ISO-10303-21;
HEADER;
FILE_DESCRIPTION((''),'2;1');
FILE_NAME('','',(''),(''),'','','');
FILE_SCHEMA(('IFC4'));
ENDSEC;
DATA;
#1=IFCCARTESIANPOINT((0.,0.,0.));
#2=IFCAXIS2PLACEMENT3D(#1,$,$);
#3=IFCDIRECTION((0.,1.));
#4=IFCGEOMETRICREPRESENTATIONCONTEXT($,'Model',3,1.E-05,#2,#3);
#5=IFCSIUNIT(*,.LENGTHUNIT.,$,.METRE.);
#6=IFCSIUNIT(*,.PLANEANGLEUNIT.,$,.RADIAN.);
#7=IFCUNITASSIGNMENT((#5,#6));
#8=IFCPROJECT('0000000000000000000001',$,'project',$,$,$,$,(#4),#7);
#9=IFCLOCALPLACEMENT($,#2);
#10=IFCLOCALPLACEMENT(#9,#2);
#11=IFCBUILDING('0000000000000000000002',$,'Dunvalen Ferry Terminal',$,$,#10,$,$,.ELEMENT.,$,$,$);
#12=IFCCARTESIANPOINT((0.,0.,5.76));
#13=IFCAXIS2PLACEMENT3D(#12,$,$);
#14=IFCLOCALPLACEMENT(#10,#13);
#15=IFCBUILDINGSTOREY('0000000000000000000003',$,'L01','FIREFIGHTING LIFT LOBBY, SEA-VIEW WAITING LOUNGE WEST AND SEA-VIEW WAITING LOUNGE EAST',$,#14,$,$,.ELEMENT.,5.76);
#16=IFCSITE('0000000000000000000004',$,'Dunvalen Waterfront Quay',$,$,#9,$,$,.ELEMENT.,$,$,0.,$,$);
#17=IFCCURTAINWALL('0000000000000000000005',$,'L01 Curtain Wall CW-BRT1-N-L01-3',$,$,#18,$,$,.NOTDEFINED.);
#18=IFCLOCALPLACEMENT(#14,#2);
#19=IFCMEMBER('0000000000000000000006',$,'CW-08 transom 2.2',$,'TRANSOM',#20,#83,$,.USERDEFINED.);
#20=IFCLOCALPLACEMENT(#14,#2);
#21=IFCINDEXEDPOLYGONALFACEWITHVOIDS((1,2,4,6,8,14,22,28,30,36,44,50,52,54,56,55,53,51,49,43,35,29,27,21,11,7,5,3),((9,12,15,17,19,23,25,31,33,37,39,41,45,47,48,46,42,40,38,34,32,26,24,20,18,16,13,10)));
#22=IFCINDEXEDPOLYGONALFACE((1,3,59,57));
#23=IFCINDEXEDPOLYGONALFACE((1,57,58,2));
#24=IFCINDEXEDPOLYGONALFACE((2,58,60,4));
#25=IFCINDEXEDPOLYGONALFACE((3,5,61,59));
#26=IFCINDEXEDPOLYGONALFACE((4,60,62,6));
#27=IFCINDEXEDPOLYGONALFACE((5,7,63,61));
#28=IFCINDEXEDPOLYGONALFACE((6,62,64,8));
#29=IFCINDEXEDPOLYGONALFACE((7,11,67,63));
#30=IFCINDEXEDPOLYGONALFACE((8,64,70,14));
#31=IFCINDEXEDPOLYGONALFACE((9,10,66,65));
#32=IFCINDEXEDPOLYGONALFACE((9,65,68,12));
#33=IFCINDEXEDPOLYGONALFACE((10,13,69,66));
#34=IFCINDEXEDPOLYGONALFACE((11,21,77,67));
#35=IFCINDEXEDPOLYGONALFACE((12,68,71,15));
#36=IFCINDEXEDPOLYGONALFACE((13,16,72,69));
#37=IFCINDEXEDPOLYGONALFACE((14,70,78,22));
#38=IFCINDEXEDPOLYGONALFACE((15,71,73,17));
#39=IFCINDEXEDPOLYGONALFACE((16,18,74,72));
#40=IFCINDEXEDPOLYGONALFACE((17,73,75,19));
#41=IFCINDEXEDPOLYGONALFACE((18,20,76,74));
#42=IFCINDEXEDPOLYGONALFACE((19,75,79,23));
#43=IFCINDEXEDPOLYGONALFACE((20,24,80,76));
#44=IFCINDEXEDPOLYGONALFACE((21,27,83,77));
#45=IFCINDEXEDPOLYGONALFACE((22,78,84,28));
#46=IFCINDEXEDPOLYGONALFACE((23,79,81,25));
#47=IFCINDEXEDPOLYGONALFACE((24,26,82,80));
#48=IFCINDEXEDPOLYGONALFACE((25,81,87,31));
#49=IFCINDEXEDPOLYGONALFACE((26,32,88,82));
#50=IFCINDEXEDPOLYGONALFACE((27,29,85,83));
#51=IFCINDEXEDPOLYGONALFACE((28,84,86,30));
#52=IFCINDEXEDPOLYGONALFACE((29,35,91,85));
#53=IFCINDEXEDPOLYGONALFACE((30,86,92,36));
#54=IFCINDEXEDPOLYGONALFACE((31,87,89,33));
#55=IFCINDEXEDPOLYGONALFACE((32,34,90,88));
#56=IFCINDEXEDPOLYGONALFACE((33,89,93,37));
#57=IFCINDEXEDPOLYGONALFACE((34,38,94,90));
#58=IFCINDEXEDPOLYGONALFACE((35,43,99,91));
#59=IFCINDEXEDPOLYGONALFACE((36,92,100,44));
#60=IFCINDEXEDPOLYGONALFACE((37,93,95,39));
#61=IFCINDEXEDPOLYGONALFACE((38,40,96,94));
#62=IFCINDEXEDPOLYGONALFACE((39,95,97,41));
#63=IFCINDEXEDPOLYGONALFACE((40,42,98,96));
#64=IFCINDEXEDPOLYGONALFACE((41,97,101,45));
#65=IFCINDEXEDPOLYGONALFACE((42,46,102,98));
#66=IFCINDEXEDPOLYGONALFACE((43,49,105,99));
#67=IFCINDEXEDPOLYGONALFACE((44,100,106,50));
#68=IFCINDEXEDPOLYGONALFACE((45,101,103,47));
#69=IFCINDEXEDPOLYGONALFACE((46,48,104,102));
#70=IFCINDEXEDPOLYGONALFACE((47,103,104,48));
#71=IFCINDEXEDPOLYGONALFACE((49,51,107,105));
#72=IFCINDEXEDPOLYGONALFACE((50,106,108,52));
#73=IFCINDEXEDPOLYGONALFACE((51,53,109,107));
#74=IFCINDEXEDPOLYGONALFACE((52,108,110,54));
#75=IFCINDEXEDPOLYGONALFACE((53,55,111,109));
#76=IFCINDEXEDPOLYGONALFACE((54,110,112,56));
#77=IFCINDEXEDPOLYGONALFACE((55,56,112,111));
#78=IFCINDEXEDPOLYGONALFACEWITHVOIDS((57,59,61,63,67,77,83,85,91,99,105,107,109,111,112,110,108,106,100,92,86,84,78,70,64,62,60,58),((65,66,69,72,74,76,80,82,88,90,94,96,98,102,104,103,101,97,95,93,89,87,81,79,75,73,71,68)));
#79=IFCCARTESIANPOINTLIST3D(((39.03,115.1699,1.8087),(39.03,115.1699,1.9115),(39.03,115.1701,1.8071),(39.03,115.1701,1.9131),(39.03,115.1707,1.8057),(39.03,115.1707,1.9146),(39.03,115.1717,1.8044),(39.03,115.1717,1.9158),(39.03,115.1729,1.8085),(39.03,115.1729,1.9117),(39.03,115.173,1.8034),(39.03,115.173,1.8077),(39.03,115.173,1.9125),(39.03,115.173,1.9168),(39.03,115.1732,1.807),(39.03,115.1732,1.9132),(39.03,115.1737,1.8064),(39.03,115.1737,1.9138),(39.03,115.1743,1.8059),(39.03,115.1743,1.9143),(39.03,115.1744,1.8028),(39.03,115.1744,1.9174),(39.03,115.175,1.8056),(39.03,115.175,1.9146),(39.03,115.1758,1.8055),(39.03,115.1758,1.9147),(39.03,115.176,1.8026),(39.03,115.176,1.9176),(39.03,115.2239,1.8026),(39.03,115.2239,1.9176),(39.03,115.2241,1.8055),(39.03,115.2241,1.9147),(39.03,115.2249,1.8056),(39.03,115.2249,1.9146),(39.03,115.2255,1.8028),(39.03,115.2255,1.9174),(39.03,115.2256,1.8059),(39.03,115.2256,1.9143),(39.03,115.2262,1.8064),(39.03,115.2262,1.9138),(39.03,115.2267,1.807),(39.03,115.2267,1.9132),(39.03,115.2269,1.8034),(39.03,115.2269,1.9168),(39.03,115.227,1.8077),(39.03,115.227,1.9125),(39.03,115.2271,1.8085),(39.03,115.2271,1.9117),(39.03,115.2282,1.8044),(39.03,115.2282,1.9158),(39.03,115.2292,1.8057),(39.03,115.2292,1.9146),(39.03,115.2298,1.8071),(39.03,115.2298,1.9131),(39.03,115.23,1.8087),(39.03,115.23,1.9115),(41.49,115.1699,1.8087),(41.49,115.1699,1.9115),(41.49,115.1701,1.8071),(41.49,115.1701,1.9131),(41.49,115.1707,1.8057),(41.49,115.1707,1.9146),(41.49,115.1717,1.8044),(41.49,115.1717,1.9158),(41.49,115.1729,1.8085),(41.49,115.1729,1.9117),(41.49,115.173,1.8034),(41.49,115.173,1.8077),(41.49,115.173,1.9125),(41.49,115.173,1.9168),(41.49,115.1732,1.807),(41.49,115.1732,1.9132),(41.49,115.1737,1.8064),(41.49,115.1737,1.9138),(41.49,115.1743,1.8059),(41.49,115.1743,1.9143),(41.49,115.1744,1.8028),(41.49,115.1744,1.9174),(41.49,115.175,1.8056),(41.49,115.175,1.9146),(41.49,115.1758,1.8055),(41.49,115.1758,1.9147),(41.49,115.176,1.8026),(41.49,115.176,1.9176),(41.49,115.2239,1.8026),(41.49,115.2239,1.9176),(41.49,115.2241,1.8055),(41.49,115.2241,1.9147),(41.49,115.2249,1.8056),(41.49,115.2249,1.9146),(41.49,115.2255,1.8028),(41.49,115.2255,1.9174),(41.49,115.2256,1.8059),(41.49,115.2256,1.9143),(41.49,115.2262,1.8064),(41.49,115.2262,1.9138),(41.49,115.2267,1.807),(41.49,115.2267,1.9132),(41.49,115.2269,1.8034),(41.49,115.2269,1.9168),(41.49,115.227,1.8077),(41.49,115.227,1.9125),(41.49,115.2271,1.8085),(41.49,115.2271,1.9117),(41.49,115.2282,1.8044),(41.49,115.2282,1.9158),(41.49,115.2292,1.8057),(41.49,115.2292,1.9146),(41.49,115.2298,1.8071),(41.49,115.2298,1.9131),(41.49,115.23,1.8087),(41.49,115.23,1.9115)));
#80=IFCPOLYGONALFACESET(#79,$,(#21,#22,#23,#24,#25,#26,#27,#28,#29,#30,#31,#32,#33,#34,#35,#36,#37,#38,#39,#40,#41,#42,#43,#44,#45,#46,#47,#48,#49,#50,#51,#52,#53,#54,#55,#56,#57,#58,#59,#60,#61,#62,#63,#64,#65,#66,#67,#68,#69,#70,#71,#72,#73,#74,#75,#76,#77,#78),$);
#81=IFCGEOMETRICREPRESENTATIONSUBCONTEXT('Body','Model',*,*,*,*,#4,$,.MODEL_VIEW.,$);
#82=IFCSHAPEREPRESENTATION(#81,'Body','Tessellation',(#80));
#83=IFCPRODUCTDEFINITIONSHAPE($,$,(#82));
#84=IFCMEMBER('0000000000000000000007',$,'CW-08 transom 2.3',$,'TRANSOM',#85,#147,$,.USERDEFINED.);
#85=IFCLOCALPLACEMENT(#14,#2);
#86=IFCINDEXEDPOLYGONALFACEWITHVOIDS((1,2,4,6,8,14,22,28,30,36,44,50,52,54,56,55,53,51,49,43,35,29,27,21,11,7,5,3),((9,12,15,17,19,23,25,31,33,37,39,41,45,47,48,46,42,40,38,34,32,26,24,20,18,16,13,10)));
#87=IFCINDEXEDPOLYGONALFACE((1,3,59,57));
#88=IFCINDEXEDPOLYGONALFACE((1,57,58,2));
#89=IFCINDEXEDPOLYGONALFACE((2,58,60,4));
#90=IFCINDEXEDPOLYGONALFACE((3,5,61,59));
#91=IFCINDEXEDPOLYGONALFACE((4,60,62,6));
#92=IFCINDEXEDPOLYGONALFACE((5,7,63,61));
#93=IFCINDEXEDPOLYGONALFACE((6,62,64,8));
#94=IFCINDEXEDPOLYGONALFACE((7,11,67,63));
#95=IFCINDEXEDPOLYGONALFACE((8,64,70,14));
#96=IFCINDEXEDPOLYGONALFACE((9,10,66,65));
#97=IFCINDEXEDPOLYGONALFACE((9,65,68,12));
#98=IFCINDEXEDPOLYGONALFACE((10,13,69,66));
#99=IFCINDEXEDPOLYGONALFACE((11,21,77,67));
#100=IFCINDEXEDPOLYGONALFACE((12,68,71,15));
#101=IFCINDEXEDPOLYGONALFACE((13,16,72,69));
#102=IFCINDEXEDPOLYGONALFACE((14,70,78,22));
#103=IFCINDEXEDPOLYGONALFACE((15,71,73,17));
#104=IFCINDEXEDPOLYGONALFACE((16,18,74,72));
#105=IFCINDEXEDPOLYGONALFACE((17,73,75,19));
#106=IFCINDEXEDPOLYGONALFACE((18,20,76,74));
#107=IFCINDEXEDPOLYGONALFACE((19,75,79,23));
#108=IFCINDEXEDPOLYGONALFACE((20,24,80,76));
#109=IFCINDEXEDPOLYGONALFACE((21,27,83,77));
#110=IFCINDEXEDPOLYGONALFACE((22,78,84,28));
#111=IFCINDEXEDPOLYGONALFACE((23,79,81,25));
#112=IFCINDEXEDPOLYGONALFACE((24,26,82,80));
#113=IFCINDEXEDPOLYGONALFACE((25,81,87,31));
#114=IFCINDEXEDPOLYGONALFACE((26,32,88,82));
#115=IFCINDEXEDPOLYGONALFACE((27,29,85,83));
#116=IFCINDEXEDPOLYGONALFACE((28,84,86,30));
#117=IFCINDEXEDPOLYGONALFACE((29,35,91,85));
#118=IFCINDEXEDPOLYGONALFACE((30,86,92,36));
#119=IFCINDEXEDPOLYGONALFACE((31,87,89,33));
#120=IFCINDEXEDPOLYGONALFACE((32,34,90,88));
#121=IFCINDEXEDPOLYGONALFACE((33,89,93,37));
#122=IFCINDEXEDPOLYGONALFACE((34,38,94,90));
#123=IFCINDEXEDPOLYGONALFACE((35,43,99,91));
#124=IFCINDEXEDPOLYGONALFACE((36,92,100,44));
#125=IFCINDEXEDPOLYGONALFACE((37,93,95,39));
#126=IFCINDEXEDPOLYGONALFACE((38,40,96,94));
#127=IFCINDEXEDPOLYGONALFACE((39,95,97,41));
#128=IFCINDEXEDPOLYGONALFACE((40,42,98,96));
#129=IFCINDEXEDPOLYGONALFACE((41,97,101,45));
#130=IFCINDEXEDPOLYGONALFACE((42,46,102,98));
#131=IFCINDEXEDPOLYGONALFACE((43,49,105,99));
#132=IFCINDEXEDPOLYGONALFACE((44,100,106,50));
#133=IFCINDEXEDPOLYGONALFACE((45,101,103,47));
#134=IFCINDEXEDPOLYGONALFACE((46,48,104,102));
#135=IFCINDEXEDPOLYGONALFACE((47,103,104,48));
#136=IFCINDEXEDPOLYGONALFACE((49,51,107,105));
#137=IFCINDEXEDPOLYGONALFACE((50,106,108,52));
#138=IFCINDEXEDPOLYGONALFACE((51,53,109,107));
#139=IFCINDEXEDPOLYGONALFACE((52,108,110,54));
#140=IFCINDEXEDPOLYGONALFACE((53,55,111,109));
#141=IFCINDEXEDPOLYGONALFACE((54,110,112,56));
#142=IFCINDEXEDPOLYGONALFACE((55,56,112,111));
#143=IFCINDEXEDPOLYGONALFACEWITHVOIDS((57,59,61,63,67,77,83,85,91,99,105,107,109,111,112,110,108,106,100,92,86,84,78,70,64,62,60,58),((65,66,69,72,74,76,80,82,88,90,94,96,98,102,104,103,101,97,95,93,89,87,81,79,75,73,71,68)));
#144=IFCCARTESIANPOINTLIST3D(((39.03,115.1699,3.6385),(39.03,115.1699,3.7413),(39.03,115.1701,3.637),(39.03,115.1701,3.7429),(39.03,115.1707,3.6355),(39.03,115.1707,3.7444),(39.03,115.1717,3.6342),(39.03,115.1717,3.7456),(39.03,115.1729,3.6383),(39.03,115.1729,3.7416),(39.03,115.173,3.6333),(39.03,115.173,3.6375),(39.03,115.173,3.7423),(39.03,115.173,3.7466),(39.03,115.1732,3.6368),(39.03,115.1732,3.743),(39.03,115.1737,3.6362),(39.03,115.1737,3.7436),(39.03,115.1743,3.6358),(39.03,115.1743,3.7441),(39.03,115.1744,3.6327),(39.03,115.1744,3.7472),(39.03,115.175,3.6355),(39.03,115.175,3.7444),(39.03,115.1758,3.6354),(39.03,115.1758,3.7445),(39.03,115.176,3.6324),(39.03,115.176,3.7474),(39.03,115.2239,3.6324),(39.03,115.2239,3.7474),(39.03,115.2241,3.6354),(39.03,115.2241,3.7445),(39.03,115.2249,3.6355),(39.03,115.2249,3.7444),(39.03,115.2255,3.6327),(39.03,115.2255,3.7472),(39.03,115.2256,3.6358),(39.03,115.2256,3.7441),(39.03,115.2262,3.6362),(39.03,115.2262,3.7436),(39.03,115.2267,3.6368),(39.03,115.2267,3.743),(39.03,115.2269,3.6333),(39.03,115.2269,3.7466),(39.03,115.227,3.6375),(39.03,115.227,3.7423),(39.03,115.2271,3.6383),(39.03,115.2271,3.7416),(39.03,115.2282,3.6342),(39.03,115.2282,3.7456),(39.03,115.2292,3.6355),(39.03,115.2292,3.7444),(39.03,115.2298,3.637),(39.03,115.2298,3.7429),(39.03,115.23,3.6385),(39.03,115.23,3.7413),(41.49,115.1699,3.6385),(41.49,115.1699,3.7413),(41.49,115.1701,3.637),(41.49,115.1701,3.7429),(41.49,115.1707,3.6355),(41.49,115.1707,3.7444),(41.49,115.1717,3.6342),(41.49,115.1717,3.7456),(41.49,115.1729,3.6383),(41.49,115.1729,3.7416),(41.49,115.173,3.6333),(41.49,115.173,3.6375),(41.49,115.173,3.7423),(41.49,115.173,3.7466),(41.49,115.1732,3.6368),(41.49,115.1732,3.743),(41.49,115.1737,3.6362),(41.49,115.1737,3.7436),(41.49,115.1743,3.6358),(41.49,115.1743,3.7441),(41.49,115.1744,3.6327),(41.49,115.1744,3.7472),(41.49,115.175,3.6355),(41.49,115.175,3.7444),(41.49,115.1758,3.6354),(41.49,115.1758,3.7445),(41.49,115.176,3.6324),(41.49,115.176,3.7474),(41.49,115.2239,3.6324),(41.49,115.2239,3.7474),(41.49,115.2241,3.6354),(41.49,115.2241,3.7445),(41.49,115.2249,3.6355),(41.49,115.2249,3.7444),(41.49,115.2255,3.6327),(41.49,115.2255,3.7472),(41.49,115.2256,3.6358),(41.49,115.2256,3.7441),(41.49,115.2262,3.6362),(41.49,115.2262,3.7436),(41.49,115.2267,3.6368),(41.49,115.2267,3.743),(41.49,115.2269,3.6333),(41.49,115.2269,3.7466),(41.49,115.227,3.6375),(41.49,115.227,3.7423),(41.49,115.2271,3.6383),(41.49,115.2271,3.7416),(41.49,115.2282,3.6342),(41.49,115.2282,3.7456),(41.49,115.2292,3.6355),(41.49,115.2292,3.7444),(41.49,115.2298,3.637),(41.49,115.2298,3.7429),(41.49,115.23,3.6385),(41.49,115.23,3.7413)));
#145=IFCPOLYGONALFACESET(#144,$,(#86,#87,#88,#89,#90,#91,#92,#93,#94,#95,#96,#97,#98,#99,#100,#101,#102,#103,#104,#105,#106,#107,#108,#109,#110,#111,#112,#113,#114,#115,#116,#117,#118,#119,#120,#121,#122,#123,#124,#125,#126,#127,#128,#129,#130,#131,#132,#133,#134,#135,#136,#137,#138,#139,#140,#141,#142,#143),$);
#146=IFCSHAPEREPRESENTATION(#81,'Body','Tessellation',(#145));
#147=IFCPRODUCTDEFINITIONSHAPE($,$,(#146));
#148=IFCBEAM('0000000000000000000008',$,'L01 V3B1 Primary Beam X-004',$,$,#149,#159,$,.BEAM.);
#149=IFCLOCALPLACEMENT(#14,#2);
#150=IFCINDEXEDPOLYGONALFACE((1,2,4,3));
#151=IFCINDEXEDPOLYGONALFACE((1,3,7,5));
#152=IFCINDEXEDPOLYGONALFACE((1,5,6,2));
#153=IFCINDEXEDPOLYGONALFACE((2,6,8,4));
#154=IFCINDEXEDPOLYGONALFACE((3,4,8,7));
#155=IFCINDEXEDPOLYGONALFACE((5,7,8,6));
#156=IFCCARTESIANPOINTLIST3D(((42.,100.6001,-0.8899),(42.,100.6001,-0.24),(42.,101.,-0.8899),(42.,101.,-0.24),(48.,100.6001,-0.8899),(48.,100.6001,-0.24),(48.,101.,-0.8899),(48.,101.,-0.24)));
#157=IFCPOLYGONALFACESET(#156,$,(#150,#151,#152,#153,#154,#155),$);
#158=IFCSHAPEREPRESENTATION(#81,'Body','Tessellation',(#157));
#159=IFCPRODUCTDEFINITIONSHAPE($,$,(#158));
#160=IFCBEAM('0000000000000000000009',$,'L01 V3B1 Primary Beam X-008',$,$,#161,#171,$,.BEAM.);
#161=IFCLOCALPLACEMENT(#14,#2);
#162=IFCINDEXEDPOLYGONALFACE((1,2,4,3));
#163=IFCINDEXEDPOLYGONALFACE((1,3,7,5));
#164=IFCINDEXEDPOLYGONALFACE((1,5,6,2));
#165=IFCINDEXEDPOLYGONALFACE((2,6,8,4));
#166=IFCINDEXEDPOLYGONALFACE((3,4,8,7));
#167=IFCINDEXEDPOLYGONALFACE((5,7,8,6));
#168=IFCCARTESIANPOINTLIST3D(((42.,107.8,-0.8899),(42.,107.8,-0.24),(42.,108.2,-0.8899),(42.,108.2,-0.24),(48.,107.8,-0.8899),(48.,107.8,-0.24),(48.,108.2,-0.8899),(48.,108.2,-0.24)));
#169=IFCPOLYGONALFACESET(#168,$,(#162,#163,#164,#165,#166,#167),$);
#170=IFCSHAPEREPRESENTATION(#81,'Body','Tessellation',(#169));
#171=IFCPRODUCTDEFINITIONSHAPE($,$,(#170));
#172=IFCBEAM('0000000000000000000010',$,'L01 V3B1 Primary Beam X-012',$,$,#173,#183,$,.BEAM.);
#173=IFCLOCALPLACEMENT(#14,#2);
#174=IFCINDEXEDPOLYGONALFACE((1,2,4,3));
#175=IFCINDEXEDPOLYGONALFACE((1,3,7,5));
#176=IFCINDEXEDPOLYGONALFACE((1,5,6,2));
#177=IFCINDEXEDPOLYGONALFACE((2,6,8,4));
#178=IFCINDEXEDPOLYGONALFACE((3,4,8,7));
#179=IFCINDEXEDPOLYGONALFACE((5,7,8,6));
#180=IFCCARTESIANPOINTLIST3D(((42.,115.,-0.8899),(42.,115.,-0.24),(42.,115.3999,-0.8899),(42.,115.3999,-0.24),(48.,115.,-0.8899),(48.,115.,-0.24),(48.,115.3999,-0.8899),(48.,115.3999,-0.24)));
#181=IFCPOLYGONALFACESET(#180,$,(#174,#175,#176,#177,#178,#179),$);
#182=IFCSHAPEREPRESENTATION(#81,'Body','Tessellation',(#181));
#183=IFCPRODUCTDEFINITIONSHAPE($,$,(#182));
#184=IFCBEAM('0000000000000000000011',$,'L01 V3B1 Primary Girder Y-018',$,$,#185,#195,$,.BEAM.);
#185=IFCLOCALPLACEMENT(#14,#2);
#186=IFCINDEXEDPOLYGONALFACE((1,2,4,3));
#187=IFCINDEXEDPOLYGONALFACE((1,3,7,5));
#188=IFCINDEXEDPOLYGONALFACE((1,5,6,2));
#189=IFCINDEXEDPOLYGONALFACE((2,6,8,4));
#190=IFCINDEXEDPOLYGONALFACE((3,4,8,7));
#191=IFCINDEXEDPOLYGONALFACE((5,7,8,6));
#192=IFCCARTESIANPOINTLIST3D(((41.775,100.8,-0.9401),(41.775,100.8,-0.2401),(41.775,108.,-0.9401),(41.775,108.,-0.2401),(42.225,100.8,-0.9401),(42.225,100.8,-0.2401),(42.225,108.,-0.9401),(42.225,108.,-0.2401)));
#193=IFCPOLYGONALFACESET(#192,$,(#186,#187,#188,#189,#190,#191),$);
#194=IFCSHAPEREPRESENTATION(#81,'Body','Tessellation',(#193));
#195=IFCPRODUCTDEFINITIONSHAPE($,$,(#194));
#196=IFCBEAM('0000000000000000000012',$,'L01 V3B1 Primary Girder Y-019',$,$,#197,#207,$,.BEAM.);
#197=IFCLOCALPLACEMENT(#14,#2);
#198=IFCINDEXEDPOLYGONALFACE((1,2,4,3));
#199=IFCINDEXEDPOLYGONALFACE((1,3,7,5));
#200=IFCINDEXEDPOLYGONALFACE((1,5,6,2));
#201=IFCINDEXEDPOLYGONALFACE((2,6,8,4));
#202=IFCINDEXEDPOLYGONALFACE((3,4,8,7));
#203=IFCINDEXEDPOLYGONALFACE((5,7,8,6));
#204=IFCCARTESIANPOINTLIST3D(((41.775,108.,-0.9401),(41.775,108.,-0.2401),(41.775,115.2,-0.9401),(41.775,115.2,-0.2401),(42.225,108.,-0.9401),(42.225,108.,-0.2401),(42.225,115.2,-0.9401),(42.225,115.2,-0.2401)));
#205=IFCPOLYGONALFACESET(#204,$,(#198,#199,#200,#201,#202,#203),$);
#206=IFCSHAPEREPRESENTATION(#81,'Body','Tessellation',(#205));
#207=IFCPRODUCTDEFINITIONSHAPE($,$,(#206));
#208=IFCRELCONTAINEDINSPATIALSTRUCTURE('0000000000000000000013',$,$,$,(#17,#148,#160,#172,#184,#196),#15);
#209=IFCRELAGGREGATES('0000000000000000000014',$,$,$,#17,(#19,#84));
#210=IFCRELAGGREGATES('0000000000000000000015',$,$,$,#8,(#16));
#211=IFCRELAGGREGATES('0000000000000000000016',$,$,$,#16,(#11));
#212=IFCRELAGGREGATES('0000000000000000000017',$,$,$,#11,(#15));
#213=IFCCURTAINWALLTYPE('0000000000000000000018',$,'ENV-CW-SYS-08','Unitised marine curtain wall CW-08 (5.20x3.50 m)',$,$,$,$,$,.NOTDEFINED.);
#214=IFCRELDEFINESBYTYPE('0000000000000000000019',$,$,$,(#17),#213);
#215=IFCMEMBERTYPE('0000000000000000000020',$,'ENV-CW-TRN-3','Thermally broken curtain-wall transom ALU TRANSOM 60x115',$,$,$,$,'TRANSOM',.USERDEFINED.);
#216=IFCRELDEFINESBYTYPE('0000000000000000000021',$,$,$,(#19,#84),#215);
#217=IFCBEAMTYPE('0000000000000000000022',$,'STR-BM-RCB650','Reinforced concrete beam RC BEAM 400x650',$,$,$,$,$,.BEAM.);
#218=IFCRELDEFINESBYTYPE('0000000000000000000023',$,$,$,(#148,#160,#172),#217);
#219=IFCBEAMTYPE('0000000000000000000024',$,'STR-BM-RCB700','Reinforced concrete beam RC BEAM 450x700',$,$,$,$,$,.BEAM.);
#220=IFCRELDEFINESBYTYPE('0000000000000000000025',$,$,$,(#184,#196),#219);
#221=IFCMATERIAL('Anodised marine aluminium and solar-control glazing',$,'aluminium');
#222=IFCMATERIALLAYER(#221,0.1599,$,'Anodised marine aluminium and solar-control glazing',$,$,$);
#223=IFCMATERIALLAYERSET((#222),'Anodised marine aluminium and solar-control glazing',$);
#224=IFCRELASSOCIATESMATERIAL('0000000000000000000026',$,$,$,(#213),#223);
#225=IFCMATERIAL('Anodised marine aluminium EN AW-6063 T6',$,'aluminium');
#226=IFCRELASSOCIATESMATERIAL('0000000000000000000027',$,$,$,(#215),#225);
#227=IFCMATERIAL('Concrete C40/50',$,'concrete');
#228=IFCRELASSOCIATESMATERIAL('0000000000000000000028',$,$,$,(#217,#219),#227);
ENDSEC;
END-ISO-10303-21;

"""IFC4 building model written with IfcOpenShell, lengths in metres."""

from ifc_helpers import new_model, si_unit, direction, frame, origin, origin_2d, place, context, subcontext, project, spatial, rectangle, hollow_rectangle, extrude, material, layer, layer_set, material_profile, profile_set, type_object, element, aggregate, save


model = new_model("IFC4")

# Units and contexts
model_context = context("Model", 3, precision=1e-05, world=origin(), true_north=direction((0.0, 1.0)))
body_context = subcontext(model_context, "Body", "Model", "MODEL_VIEW")
ifc_project = project(units=[si_unit("LENGTHUNIT", "METRE"), si_unit("PLANEANGLEUNIT", "RADIAN")], contexts=[model_context])

# Site, building, storey
site_placement = place(None, origin())
site = spatial("IfcSite", under=ifc_project, at=site_placement, Name="Dunvalen Waterfront Quay", CompositionType="ELEMENT", RefElevation=0.0)
building_placement = place(site_placement, origin())
building = spatial("IfcBuilding", under=site, at=building_placement, Name="Dunvalen Ferry Terminal", CompositionType="ELEMENT")
storey_placement = place(building_placement, frame((0.0, 0.0, 5.76)))
storey = spatial("IfcBuildingStorey", under=building, at=storey_placement, Name="L01", Description="FIREFIGHTING LIFT LOBBY, SEA-VIEW WAITING LOUNGE WEST AND SEA-VIEW WAITING LOUNGE EAST", CompositionType="ELEMENT", Elevation=5.76)

# Shared definitions
ifc_material_1 = material(Name="Anodised marine aluminium and solar-control glazing", Category="aluminium")
ifc_material_2 = material(Name="Anodised marine aluminium EN AW-6063 T6", Category="aluminium")

# Curtain wall
ifc_layer_1 = layer(ifc_material_1, 0.1599, Name="Anodised marine aluminium and solar-control glazing")
ifc_layer_set_1 = layer_set([ifc_layer_1], Name="Anodised marine aluminium and solar-control glazing")
curtain_wall_type_1 = type_object("IfcCurtainWallType", Name="ENV-CW-SYS-08", Description="Unitised marine curtain wall CW-08 (5.20x3.50 m)", PredefinedType="NOTDEFINED", material=ifc_layer_set_1)
curtain_wall_1_placement = place(storey_placement, origin())
curtain_wall_1 = element("IfcCurtainWall", 1, at=curtain_wall_1_placement, inside=storey, type_object=curtain_wall_type_1, Name="L01 Curtain Wall CW-BRT1-N-L01-3", PredefinedType="NOTDEFINED")

# Members
ifc_material_profile_1 = material_profile(ifc_material_2, hollow_rectangle(XDim=0.0601, YDim=0.115, WallThickness=0.0029, InnerFilletRadius=0.0029, OuterFilletRadius=0.0061, at=origin_2d()), Name="Anodised marine aluminium EN AW-6063 T6")
ifc_profile_set_1 = profile_set([ifc_material_profile_1], Name="Anodised marine aluminium EN AW-6063 T6")
member_type_1 = type_object("IfcMemberType", Name="ENV-CW-TRN-3", Description="Thermally broken curtain-wall transom ALU TRANSOM 60x115", ElementType="TRANSOM", PredefinedType="USERDEFINED", material=ifc_profile_set_1)
member_1_placement = place(storey_placement, frame((39.03, 115.2, 1.8601), z_axis=(1.0, 0.0, 0.0), x_axis=(0.0, 1.0, 0.0)))
member_1 = element("IfcMember", 2, at=member_1_placement, type_object=member_type_1, Name="CW-08 transom 2.2", ObjectType="TRANSOM", PredefinedType="USERDEFINED", context=body_context, shape_type="SweptSolid", body=[
    extrude(hollow_rectangle(XDim=0.0601, YDim=0.115, WallThickness=0.0029, InnerFilletRadius=0.0029, OuterFilletRadius=0.0061, at=origin_2d()), origin(), (0.0, 0.0, 1.0), 2.46),
])
member_2_placement = place(storey_placement, frame((39.03, 115.2, 3.6899), z_axis=(1.0, 0.0, 0.0), x_axis=(0.0, 1.0, 0.0)))
member_2 = element("IfcMember", 3, at=member_2_placement, type_object=member_type_1, Name="CW-08 transom 2.3", ObjectType="TRANSOM", PredefinedType="USERDEFINED", context=body_context, shape_type="SweptSolid", body=[
    extrude(hollow_rectangle(XDim=0.0601, YDim=0.115, WallThickness=0.0029, InnerFilletRadius=0.0029, OuterFilletRadius=0.0061, at=origin_2d()), origin(), (0.0, 0.0, 1.0), 2.46),
])

# Beams
ifc_material_3 = material(Name="Concrete C40/50", Category="concrete")
ifc_material_profile_2 = material_profile(ifc_material_3, rectangle(XDim=0.3999, YDim=0.6499, at=origin_2d()), Name="Concrete C40/50")
ifc_profile_set_2 = profile_set([ifc_material_profile_2], Name="Concrete C40/50")
beam_type_1 = type_object("IfcBeamType", Name="STR-BM-RCB650", Description="Reinforced concrete beam RC BEAM 400x650", PredefinedType="BEAM", material=ifc_profile_set_2)
for number, where, z_axis, x_axis, name in (
    (4, (42.0, 100.8, -0.5649), (1.0, 0.0, 0.0), (0.0, 1.0, 0.0), "L01 V3B1 Primary Beam X-004"),
    (5, (42.0, 108.0, -0.5649), (1.0, 0.0, 0.0), (0.0, 1.0, 0.0), "L01 V3B1 Primary Beam X-008"),
    (6, (42.0, 115.2, -0.5649), (1.0, 0.0, 0.0), (0.0, 1.0, 0.0), "L01 V3B1 Primary Beam X-012"),
):
    element("IfcBeam", number, at=place(storey_placement, frame(where, z_axis=z_axis, x_axis=x_axis)), inside=storey, type_object=beam_type_1, Name=name, PredefinedType="BEAM", context=body_context, shape_type="SweptSolid", body=[
        extrude(rectangle(XDim=0.3999, YDim=0.6499, at=origin_2d()), origin(), (0.0, 0.0, 1.0), 6.0),
    ])
ifc_material_profile_3 = material_profile(ifc_material_3, rectangle(XDim=0.45, YDim=0.7, at=origin_2d()), Name="Concrete C40/50")
ifc_profile_set_3 = profile_set([ifc_material_profile_3], Name="Concrete C40/50")
beam_type_2 = type_object("IfcBeamType", Name="STR-BM-RCB700", Description="Reinforced concrete beam RC BEAM 450x700", PredefinedType="BEAM", material=ifc_profile_set_3)
for number, where, z_axis, x_axis, name in (
    (7, (42.0, 100.8, -0.5901), (0.0, 1.0, 0.0), (-1.0, 0.0, 0.0), "L01 V3B1 Primary Girder Y-018"),
    (8, (42.0, 108.0, -0.5901), (0.0, 1.0, 0.0), (-1.0, 0.0, 0.0), "L01 V3B1 Primary Girder Y-019"),
):
    element("IfcBeam", number, at=place(storey_placement, frame(where, z_axis=z_axis, x_axis=x_axis)), inside=storey, type_object=beam_type_2, Name=name, PredefinedType="BEAM", context=body_context, shape_type="SweptSolid", body=[
        extrude(rectangle(XDim=0.45, YDim=0.7, at=origin_2d()), origin(), (0.0, 0.0, 1.0), 7.2),
    ])

aggregate(curtain_wall_1, [member_1, member_2])

save(model, "model.ifc")
